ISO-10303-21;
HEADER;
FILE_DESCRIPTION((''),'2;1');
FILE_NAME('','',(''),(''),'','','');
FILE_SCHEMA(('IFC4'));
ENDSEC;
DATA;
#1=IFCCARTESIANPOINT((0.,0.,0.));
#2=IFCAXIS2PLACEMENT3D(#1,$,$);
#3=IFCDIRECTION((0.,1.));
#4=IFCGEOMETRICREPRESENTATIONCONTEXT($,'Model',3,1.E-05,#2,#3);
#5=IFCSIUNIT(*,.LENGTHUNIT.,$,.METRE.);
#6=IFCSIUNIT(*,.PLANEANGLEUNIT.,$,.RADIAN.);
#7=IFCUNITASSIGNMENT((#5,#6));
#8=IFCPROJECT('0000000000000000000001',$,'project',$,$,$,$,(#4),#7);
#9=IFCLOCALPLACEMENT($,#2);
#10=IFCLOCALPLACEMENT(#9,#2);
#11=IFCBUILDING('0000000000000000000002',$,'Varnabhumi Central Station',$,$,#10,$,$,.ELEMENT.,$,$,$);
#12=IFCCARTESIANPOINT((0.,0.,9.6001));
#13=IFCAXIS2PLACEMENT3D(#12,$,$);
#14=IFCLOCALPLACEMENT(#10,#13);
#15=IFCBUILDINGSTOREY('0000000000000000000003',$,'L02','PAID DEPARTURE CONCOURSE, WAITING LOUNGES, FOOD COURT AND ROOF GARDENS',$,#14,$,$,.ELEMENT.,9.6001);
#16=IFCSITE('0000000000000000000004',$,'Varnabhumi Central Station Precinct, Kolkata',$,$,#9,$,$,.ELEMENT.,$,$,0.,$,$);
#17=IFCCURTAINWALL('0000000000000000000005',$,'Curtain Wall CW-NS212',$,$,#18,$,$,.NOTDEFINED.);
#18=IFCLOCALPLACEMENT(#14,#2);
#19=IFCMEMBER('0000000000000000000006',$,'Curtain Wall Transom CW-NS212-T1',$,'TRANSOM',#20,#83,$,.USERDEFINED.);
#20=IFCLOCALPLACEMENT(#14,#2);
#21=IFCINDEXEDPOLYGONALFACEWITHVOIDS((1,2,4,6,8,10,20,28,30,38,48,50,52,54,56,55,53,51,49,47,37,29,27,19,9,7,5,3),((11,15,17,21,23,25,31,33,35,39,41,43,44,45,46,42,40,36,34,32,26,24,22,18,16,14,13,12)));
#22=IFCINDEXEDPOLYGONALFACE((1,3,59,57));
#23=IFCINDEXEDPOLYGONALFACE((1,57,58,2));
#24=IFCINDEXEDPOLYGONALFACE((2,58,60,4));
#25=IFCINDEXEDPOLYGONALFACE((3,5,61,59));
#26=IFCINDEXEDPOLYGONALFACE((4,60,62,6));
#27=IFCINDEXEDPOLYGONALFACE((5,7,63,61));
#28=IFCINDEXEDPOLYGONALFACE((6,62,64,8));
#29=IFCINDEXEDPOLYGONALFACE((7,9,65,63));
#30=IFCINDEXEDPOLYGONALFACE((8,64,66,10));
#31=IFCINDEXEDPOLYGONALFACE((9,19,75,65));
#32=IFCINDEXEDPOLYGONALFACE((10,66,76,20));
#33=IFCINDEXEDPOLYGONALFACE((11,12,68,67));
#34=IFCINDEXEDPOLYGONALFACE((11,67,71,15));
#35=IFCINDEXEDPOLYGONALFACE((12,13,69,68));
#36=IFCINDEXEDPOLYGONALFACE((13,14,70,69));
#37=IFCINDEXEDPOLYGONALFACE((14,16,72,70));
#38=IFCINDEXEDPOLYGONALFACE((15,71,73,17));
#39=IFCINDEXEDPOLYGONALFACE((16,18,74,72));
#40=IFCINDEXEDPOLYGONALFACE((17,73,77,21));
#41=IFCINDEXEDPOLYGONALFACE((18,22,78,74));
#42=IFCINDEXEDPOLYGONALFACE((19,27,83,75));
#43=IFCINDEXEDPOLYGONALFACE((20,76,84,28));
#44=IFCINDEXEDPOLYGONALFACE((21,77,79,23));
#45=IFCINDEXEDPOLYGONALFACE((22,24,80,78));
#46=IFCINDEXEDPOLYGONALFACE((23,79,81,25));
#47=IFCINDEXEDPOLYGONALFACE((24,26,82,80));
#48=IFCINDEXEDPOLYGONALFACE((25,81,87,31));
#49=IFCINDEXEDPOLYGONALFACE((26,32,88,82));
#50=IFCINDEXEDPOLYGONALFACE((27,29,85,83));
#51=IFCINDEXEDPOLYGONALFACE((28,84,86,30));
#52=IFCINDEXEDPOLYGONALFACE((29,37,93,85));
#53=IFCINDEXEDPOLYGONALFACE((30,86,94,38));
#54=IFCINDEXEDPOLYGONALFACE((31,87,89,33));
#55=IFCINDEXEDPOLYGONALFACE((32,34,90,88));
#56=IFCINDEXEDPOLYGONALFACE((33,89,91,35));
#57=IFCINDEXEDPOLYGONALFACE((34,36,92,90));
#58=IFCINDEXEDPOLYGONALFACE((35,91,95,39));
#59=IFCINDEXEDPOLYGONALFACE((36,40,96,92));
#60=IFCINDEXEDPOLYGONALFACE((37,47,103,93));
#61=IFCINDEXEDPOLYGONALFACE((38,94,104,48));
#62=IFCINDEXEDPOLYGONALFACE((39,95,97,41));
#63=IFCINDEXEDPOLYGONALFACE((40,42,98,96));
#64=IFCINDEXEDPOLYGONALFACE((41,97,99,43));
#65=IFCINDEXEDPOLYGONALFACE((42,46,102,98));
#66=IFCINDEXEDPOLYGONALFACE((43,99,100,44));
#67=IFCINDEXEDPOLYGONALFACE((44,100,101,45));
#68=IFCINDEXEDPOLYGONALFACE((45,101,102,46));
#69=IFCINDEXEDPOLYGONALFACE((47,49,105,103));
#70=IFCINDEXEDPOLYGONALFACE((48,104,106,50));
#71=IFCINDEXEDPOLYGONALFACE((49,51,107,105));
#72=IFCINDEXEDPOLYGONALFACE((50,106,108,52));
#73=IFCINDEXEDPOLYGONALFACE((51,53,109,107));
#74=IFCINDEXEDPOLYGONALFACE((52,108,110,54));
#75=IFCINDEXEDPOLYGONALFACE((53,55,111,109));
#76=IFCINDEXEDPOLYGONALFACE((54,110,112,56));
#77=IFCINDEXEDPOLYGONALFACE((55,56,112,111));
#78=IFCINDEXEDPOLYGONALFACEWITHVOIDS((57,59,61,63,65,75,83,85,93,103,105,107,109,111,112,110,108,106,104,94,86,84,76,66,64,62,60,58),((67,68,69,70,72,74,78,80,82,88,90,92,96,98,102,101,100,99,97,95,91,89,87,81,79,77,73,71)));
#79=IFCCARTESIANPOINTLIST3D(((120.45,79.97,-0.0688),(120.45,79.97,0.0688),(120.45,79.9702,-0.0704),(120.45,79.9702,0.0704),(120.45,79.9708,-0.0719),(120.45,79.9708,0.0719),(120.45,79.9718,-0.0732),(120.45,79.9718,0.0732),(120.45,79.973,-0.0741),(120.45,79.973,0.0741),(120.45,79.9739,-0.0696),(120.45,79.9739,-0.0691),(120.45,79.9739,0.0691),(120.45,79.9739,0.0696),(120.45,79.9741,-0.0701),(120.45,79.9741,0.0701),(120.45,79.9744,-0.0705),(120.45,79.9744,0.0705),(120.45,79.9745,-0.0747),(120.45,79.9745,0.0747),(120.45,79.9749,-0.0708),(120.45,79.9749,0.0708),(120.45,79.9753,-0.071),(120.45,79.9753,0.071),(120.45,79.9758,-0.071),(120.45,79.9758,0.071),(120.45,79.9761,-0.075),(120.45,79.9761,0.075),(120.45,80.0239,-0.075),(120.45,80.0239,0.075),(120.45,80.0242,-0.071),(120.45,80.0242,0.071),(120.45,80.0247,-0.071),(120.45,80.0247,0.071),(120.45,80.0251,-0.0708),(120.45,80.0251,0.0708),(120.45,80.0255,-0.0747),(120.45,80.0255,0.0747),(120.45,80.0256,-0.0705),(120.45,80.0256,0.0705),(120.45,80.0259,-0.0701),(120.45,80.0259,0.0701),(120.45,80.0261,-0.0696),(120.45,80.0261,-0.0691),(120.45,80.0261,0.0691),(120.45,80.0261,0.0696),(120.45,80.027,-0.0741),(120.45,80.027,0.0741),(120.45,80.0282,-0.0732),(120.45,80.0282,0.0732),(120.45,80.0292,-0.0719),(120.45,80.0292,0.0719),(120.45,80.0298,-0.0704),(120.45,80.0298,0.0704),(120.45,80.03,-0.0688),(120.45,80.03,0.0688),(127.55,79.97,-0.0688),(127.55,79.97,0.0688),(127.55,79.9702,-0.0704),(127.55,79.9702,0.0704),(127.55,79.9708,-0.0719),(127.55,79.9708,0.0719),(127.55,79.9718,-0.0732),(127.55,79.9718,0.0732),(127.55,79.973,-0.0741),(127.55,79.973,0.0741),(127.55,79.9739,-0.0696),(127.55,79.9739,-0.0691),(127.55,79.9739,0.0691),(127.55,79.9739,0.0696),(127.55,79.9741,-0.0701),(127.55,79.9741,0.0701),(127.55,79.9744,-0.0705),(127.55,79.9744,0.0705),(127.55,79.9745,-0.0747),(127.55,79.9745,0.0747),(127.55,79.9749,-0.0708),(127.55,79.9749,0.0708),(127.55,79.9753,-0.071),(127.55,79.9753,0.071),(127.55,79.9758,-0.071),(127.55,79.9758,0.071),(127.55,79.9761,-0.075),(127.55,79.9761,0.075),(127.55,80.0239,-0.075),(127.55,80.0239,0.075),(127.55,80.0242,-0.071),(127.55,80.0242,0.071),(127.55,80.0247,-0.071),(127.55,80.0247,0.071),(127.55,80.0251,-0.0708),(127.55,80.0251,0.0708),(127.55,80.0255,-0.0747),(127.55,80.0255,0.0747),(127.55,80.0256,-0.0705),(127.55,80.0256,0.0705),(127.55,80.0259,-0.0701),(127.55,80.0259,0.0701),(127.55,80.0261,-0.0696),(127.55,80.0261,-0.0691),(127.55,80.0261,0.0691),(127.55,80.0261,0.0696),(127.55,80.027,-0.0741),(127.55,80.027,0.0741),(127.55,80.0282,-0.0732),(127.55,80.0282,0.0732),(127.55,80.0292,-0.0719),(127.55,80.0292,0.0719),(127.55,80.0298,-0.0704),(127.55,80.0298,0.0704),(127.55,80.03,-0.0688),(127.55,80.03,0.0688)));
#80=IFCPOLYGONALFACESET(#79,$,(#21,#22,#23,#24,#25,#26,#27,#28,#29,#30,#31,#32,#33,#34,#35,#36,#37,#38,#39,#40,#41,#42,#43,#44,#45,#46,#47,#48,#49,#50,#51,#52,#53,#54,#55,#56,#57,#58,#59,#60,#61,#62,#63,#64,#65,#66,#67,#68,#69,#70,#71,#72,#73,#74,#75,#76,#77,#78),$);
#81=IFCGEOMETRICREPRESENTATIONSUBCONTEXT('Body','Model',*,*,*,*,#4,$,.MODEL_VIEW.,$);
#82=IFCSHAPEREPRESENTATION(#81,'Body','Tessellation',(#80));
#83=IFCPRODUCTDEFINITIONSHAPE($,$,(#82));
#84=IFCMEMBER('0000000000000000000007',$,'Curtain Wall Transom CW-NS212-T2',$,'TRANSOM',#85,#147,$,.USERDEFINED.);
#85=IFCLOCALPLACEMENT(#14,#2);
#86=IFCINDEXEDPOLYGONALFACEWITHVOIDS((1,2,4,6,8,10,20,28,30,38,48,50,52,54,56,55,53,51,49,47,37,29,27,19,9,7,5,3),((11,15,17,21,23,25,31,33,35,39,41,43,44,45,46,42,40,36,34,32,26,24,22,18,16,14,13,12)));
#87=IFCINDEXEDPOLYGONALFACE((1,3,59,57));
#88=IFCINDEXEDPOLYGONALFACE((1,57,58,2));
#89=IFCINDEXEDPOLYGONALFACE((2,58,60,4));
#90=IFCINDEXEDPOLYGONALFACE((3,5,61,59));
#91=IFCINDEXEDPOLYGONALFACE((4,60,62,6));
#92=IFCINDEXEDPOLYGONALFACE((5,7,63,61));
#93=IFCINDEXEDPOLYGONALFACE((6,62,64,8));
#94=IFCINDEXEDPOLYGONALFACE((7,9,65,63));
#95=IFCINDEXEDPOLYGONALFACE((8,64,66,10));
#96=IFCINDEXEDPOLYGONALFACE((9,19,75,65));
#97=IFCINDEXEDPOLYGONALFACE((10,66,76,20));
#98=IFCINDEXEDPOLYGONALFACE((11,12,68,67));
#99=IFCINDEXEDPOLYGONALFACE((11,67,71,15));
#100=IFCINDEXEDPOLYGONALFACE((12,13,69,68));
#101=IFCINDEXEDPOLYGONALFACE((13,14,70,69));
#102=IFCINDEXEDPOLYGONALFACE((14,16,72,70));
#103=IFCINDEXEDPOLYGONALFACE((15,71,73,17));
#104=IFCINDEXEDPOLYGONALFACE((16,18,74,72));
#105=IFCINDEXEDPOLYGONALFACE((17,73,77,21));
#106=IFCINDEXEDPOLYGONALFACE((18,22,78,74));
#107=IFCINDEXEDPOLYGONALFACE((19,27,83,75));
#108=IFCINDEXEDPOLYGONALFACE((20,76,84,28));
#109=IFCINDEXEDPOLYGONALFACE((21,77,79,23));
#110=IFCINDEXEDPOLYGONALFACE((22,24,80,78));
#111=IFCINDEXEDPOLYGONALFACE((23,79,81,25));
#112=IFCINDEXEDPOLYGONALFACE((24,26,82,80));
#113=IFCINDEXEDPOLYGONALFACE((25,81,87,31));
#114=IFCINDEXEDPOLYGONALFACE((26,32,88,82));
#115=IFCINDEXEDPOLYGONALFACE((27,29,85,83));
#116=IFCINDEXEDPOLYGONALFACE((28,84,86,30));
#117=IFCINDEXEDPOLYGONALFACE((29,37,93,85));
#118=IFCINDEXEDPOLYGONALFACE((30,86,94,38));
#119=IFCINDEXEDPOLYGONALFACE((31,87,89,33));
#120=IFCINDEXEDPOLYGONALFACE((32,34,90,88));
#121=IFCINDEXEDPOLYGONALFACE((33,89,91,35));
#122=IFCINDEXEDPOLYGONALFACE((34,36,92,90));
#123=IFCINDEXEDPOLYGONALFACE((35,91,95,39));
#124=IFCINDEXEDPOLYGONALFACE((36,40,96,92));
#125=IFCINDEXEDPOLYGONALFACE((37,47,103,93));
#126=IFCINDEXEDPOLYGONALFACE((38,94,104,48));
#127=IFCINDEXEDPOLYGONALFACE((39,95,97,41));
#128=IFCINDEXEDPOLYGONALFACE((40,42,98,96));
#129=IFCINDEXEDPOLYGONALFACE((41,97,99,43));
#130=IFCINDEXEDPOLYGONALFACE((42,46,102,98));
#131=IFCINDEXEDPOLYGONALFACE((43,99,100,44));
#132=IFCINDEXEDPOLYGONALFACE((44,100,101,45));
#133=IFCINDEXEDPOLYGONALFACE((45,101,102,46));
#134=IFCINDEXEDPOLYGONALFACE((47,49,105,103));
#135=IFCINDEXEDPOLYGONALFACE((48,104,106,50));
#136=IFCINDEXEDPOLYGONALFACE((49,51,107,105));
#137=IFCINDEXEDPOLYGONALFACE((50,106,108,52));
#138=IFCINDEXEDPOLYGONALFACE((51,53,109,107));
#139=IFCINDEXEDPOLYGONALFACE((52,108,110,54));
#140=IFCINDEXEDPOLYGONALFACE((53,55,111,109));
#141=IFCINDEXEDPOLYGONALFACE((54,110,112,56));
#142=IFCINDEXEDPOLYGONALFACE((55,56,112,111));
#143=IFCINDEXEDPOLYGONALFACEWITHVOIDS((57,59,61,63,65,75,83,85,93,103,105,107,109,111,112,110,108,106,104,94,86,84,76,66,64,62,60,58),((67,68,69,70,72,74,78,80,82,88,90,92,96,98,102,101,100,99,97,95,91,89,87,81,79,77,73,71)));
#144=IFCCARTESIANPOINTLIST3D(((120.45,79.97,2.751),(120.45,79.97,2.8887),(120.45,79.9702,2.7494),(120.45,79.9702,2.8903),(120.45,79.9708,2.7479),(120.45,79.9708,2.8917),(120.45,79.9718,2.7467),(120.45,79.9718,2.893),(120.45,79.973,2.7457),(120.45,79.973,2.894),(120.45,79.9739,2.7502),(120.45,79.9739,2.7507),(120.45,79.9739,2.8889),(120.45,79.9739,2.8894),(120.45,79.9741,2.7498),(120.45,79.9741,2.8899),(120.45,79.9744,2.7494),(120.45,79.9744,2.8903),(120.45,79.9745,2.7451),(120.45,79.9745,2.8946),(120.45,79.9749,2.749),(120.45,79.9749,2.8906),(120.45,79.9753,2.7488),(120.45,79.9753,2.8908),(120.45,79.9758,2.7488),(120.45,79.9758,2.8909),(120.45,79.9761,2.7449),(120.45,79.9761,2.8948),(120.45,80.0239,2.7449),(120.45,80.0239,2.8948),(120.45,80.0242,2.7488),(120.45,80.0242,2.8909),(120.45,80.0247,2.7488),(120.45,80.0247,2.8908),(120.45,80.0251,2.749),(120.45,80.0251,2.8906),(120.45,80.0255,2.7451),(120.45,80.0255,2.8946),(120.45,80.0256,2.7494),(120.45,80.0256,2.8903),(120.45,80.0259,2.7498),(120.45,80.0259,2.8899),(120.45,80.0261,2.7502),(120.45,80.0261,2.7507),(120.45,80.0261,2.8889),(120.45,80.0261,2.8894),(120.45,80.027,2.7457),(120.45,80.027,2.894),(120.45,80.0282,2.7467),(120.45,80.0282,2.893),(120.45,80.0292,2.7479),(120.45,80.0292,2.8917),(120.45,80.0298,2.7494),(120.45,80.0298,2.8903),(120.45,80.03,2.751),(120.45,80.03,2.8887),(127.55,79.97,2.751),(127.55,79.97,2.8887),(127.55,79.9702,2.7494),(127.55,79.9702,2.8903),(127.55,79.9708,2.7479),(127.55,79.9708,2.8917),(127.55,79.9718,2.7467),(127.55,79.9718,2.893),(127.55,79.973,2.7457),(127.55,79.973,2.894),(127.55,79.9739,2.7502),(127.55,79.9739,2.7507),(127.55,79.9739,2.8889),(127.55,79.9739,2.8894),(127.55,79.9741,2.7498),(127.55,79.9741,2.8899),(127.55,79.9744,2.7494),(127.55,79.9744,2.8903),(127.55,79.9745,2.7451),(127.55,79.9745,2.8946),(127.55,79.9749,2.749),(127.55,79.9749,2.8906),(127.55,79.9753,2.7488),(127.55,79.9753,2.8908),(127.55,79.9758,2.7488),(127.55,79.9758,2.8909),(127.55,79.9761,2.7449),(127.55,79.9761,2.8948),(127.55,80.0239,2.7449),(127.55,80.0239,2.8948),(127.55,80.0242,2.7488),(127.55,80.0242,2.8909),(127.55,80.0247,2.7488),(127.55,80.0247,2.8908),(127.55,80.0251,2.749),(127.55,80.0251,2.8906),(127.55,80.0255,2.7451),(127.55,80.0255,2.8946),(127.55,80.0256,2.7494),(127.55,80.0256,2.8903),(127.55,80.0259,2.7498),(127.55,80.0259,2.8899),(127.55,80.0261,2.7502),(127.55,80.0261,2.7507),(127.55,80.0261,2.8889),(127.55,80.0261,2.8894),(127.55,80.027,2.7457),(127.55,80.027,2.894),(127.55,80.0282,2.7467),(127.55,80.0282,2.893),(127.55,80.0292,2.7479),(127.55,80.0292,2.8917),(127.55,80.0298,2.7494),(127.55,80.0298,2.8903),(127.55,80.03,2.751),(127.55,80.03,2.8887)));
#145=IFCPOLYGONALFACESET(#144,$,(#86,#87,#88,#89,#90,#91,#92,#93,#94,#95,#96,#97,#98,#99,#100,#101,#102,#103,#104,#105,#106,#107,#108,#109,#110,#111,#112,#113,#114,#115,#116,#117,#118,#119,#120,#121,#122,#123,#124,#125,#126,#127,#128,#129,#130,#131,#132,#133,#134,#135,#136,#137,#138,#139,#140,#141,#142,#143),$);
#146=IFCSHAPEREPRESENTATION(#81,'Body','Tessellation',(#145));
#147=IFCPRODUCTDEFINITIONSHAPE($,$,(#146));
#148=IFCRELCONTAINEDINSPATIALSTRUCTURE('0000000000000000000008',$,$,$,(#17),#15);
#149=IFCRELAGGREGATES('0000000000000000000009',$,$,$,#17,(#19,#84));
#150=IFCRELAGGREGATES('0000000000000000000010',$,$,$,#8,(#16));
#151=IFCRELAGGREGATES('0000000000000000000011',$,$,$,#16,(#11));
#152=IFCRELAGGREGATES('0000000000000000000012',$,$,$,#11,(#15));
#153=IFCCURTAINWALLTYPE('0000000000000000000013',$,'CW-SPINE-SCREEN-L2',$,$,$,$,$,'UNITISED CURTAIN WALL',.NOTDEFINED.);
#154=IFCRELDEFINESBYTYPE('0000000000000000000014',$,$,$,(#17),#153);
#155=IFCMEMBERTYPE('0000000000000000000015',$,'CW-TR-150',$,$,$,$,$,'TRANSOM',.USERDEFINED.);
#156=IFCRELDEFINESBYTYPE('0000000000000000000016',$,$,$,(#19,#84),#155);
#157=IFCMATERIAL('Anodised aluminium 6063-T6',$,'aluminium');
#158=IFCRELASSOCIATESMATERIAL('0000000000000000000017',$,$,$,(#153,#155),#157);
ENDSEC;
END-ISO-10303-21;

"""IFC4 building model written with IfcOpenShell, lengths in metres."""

from ifc_helpers import new_model, si_unit, direction, frame, origin, origin_2d, place, context, subcontext, project, spatial, hollow_rectangle, extrude, material, material_profile, profile_set, type_object, element, aggregate, save


model = new_model("IFC4")

# Units and contexts
model_context = context("Model", 3, precision=1e-05, world=origin(), true_north=direction((0.0, 1.0)))
body_context = subcontext(model_context, "Body", "Model", "MODEL_VIEW")
ifc_project = project(units=[si_unit("LENGTHUNIT", "METRE"), si_unit("PLANEANGLEUNIT", "RADIAN")], contexts=[model_context])

# Site, building, storey
site_placement = place(None, origin())
site = spatial("IfcSite", under=ifc_project, at=site_placement, Name="Varnabhumi Central Station Precinct, Kolkata", CompositionType="ELEMENT", RefElevation=0.0)
building_placement = place(site_placement, origin())
building = spatial("IfcBuilding", under=site, at=building_placement, Name="Varnabhumi Central Station", CompositionType="ELEMENT")
storey_placement = place(building_placement, frame((0.0, 0.0, 9.6001)))
storey = spatial("IfcBuildingStorey", under=building, at=storey_placement, Name="L02", Description="PAID DEPARTURE CONCOURSE, WAITING LOUNGES, FOOD COURT AND ROOF GARDENS", CompositionType="ELEMENT", Elevation=9.6001)

# Curtain wall, members
ifc_material_1 = material(Name="Anodised aluminium 6063-T6", Category="aluminium")
curtain_wall_type = type_object("IfcCurtainWallType", Name="CW-SPINE-SCREEN-L2", ElementType="UNITISED CURTAIN WALL", PredefinedType="NOTDEFINED", material=ifc_material_1)
curtain_wall_placement = place(storey_placement, origin())
curtain_wall = element("IfcCurtainWall", 1, at=curtain_wall_placement, inside=storey, type_object=curtain_wall_type, Name="Curtain Wall CW-NS212", PredefinedType="NOTDEFINED")
ifc_material_profile_1 = material_profile(ifc_material_1, hollow_rectangle(XDim=0.0601, YDim=0.1499, WallThickness=0.0039, InnerFilletRadius=0.002, OuterFilletRadius=0.0061, at=origin_2d()), Name="Anodised aluminium 6063-T6", Category="aluminium")
ifc_profile_set_1 = profile_set([ifc_material_profile_1], Name="Anodised aluminium 6063-T6")
member_type_1 = type_object("IfcMemberType", Name="CW-TR-150", ElementType="TRANSOM", PredefinedType="USERDEFINED", material=ifc_profile_set_1)
member_1_placement = place(storey_placement, frame((120.45, 80.0, 0.0), z_axis=(1.0, 0.0, 0.0), x_axis=(0.0, 1.0, 0.0)))
member_1 = element("IfcMember", 2, at=member_1_placement, type_object=member_type_1, Name="Curtain Wall Transom CW-NS212-T1", ObjectType="TRANSOM", PredefinedType="USERDEFINED", context=body_context, shape_type="SweptSolid", body=[
    extrude(hollow_rectangle(XDim=0.0601, YDim=0.1499, WallThickness=0.0039, InnerFilletRadius=0.002, OuterFilletRadius=0.0061, at=origin_2d()), origin(), (0.0, 0.0, 1.0), 7.1001),
])
member_2_placement = place(storey_placement, frame((120.45, 80.0, 2.8198), z_axis=(1.0, 0.0, 0.0), x_axis=(0.0, 1.0, 0.0)))
member_2 = element("IfcMember", 3, at=member_2_placement, type_object=member_type_1, Name="Curtain Wall Transom CW-NS212-T2", ObjectType="TRANSOM", PredefinedType="USERDEFINED", context=body_context, shape_type="SweptSolid", body=[
    extrude(hollow_rectangle(XDim=0.0601, YDim=0.1499, WallThickness=0.0039, InnerFilletRadius=0.002, OuterFilletRadius=0.0061, at=origin_2d()), origin(), (0.0, 0.0, 1.0), 7.1001),
])

aggregate(curtain_wall, [member_1, member_2])

save(model, "model.ifc")
